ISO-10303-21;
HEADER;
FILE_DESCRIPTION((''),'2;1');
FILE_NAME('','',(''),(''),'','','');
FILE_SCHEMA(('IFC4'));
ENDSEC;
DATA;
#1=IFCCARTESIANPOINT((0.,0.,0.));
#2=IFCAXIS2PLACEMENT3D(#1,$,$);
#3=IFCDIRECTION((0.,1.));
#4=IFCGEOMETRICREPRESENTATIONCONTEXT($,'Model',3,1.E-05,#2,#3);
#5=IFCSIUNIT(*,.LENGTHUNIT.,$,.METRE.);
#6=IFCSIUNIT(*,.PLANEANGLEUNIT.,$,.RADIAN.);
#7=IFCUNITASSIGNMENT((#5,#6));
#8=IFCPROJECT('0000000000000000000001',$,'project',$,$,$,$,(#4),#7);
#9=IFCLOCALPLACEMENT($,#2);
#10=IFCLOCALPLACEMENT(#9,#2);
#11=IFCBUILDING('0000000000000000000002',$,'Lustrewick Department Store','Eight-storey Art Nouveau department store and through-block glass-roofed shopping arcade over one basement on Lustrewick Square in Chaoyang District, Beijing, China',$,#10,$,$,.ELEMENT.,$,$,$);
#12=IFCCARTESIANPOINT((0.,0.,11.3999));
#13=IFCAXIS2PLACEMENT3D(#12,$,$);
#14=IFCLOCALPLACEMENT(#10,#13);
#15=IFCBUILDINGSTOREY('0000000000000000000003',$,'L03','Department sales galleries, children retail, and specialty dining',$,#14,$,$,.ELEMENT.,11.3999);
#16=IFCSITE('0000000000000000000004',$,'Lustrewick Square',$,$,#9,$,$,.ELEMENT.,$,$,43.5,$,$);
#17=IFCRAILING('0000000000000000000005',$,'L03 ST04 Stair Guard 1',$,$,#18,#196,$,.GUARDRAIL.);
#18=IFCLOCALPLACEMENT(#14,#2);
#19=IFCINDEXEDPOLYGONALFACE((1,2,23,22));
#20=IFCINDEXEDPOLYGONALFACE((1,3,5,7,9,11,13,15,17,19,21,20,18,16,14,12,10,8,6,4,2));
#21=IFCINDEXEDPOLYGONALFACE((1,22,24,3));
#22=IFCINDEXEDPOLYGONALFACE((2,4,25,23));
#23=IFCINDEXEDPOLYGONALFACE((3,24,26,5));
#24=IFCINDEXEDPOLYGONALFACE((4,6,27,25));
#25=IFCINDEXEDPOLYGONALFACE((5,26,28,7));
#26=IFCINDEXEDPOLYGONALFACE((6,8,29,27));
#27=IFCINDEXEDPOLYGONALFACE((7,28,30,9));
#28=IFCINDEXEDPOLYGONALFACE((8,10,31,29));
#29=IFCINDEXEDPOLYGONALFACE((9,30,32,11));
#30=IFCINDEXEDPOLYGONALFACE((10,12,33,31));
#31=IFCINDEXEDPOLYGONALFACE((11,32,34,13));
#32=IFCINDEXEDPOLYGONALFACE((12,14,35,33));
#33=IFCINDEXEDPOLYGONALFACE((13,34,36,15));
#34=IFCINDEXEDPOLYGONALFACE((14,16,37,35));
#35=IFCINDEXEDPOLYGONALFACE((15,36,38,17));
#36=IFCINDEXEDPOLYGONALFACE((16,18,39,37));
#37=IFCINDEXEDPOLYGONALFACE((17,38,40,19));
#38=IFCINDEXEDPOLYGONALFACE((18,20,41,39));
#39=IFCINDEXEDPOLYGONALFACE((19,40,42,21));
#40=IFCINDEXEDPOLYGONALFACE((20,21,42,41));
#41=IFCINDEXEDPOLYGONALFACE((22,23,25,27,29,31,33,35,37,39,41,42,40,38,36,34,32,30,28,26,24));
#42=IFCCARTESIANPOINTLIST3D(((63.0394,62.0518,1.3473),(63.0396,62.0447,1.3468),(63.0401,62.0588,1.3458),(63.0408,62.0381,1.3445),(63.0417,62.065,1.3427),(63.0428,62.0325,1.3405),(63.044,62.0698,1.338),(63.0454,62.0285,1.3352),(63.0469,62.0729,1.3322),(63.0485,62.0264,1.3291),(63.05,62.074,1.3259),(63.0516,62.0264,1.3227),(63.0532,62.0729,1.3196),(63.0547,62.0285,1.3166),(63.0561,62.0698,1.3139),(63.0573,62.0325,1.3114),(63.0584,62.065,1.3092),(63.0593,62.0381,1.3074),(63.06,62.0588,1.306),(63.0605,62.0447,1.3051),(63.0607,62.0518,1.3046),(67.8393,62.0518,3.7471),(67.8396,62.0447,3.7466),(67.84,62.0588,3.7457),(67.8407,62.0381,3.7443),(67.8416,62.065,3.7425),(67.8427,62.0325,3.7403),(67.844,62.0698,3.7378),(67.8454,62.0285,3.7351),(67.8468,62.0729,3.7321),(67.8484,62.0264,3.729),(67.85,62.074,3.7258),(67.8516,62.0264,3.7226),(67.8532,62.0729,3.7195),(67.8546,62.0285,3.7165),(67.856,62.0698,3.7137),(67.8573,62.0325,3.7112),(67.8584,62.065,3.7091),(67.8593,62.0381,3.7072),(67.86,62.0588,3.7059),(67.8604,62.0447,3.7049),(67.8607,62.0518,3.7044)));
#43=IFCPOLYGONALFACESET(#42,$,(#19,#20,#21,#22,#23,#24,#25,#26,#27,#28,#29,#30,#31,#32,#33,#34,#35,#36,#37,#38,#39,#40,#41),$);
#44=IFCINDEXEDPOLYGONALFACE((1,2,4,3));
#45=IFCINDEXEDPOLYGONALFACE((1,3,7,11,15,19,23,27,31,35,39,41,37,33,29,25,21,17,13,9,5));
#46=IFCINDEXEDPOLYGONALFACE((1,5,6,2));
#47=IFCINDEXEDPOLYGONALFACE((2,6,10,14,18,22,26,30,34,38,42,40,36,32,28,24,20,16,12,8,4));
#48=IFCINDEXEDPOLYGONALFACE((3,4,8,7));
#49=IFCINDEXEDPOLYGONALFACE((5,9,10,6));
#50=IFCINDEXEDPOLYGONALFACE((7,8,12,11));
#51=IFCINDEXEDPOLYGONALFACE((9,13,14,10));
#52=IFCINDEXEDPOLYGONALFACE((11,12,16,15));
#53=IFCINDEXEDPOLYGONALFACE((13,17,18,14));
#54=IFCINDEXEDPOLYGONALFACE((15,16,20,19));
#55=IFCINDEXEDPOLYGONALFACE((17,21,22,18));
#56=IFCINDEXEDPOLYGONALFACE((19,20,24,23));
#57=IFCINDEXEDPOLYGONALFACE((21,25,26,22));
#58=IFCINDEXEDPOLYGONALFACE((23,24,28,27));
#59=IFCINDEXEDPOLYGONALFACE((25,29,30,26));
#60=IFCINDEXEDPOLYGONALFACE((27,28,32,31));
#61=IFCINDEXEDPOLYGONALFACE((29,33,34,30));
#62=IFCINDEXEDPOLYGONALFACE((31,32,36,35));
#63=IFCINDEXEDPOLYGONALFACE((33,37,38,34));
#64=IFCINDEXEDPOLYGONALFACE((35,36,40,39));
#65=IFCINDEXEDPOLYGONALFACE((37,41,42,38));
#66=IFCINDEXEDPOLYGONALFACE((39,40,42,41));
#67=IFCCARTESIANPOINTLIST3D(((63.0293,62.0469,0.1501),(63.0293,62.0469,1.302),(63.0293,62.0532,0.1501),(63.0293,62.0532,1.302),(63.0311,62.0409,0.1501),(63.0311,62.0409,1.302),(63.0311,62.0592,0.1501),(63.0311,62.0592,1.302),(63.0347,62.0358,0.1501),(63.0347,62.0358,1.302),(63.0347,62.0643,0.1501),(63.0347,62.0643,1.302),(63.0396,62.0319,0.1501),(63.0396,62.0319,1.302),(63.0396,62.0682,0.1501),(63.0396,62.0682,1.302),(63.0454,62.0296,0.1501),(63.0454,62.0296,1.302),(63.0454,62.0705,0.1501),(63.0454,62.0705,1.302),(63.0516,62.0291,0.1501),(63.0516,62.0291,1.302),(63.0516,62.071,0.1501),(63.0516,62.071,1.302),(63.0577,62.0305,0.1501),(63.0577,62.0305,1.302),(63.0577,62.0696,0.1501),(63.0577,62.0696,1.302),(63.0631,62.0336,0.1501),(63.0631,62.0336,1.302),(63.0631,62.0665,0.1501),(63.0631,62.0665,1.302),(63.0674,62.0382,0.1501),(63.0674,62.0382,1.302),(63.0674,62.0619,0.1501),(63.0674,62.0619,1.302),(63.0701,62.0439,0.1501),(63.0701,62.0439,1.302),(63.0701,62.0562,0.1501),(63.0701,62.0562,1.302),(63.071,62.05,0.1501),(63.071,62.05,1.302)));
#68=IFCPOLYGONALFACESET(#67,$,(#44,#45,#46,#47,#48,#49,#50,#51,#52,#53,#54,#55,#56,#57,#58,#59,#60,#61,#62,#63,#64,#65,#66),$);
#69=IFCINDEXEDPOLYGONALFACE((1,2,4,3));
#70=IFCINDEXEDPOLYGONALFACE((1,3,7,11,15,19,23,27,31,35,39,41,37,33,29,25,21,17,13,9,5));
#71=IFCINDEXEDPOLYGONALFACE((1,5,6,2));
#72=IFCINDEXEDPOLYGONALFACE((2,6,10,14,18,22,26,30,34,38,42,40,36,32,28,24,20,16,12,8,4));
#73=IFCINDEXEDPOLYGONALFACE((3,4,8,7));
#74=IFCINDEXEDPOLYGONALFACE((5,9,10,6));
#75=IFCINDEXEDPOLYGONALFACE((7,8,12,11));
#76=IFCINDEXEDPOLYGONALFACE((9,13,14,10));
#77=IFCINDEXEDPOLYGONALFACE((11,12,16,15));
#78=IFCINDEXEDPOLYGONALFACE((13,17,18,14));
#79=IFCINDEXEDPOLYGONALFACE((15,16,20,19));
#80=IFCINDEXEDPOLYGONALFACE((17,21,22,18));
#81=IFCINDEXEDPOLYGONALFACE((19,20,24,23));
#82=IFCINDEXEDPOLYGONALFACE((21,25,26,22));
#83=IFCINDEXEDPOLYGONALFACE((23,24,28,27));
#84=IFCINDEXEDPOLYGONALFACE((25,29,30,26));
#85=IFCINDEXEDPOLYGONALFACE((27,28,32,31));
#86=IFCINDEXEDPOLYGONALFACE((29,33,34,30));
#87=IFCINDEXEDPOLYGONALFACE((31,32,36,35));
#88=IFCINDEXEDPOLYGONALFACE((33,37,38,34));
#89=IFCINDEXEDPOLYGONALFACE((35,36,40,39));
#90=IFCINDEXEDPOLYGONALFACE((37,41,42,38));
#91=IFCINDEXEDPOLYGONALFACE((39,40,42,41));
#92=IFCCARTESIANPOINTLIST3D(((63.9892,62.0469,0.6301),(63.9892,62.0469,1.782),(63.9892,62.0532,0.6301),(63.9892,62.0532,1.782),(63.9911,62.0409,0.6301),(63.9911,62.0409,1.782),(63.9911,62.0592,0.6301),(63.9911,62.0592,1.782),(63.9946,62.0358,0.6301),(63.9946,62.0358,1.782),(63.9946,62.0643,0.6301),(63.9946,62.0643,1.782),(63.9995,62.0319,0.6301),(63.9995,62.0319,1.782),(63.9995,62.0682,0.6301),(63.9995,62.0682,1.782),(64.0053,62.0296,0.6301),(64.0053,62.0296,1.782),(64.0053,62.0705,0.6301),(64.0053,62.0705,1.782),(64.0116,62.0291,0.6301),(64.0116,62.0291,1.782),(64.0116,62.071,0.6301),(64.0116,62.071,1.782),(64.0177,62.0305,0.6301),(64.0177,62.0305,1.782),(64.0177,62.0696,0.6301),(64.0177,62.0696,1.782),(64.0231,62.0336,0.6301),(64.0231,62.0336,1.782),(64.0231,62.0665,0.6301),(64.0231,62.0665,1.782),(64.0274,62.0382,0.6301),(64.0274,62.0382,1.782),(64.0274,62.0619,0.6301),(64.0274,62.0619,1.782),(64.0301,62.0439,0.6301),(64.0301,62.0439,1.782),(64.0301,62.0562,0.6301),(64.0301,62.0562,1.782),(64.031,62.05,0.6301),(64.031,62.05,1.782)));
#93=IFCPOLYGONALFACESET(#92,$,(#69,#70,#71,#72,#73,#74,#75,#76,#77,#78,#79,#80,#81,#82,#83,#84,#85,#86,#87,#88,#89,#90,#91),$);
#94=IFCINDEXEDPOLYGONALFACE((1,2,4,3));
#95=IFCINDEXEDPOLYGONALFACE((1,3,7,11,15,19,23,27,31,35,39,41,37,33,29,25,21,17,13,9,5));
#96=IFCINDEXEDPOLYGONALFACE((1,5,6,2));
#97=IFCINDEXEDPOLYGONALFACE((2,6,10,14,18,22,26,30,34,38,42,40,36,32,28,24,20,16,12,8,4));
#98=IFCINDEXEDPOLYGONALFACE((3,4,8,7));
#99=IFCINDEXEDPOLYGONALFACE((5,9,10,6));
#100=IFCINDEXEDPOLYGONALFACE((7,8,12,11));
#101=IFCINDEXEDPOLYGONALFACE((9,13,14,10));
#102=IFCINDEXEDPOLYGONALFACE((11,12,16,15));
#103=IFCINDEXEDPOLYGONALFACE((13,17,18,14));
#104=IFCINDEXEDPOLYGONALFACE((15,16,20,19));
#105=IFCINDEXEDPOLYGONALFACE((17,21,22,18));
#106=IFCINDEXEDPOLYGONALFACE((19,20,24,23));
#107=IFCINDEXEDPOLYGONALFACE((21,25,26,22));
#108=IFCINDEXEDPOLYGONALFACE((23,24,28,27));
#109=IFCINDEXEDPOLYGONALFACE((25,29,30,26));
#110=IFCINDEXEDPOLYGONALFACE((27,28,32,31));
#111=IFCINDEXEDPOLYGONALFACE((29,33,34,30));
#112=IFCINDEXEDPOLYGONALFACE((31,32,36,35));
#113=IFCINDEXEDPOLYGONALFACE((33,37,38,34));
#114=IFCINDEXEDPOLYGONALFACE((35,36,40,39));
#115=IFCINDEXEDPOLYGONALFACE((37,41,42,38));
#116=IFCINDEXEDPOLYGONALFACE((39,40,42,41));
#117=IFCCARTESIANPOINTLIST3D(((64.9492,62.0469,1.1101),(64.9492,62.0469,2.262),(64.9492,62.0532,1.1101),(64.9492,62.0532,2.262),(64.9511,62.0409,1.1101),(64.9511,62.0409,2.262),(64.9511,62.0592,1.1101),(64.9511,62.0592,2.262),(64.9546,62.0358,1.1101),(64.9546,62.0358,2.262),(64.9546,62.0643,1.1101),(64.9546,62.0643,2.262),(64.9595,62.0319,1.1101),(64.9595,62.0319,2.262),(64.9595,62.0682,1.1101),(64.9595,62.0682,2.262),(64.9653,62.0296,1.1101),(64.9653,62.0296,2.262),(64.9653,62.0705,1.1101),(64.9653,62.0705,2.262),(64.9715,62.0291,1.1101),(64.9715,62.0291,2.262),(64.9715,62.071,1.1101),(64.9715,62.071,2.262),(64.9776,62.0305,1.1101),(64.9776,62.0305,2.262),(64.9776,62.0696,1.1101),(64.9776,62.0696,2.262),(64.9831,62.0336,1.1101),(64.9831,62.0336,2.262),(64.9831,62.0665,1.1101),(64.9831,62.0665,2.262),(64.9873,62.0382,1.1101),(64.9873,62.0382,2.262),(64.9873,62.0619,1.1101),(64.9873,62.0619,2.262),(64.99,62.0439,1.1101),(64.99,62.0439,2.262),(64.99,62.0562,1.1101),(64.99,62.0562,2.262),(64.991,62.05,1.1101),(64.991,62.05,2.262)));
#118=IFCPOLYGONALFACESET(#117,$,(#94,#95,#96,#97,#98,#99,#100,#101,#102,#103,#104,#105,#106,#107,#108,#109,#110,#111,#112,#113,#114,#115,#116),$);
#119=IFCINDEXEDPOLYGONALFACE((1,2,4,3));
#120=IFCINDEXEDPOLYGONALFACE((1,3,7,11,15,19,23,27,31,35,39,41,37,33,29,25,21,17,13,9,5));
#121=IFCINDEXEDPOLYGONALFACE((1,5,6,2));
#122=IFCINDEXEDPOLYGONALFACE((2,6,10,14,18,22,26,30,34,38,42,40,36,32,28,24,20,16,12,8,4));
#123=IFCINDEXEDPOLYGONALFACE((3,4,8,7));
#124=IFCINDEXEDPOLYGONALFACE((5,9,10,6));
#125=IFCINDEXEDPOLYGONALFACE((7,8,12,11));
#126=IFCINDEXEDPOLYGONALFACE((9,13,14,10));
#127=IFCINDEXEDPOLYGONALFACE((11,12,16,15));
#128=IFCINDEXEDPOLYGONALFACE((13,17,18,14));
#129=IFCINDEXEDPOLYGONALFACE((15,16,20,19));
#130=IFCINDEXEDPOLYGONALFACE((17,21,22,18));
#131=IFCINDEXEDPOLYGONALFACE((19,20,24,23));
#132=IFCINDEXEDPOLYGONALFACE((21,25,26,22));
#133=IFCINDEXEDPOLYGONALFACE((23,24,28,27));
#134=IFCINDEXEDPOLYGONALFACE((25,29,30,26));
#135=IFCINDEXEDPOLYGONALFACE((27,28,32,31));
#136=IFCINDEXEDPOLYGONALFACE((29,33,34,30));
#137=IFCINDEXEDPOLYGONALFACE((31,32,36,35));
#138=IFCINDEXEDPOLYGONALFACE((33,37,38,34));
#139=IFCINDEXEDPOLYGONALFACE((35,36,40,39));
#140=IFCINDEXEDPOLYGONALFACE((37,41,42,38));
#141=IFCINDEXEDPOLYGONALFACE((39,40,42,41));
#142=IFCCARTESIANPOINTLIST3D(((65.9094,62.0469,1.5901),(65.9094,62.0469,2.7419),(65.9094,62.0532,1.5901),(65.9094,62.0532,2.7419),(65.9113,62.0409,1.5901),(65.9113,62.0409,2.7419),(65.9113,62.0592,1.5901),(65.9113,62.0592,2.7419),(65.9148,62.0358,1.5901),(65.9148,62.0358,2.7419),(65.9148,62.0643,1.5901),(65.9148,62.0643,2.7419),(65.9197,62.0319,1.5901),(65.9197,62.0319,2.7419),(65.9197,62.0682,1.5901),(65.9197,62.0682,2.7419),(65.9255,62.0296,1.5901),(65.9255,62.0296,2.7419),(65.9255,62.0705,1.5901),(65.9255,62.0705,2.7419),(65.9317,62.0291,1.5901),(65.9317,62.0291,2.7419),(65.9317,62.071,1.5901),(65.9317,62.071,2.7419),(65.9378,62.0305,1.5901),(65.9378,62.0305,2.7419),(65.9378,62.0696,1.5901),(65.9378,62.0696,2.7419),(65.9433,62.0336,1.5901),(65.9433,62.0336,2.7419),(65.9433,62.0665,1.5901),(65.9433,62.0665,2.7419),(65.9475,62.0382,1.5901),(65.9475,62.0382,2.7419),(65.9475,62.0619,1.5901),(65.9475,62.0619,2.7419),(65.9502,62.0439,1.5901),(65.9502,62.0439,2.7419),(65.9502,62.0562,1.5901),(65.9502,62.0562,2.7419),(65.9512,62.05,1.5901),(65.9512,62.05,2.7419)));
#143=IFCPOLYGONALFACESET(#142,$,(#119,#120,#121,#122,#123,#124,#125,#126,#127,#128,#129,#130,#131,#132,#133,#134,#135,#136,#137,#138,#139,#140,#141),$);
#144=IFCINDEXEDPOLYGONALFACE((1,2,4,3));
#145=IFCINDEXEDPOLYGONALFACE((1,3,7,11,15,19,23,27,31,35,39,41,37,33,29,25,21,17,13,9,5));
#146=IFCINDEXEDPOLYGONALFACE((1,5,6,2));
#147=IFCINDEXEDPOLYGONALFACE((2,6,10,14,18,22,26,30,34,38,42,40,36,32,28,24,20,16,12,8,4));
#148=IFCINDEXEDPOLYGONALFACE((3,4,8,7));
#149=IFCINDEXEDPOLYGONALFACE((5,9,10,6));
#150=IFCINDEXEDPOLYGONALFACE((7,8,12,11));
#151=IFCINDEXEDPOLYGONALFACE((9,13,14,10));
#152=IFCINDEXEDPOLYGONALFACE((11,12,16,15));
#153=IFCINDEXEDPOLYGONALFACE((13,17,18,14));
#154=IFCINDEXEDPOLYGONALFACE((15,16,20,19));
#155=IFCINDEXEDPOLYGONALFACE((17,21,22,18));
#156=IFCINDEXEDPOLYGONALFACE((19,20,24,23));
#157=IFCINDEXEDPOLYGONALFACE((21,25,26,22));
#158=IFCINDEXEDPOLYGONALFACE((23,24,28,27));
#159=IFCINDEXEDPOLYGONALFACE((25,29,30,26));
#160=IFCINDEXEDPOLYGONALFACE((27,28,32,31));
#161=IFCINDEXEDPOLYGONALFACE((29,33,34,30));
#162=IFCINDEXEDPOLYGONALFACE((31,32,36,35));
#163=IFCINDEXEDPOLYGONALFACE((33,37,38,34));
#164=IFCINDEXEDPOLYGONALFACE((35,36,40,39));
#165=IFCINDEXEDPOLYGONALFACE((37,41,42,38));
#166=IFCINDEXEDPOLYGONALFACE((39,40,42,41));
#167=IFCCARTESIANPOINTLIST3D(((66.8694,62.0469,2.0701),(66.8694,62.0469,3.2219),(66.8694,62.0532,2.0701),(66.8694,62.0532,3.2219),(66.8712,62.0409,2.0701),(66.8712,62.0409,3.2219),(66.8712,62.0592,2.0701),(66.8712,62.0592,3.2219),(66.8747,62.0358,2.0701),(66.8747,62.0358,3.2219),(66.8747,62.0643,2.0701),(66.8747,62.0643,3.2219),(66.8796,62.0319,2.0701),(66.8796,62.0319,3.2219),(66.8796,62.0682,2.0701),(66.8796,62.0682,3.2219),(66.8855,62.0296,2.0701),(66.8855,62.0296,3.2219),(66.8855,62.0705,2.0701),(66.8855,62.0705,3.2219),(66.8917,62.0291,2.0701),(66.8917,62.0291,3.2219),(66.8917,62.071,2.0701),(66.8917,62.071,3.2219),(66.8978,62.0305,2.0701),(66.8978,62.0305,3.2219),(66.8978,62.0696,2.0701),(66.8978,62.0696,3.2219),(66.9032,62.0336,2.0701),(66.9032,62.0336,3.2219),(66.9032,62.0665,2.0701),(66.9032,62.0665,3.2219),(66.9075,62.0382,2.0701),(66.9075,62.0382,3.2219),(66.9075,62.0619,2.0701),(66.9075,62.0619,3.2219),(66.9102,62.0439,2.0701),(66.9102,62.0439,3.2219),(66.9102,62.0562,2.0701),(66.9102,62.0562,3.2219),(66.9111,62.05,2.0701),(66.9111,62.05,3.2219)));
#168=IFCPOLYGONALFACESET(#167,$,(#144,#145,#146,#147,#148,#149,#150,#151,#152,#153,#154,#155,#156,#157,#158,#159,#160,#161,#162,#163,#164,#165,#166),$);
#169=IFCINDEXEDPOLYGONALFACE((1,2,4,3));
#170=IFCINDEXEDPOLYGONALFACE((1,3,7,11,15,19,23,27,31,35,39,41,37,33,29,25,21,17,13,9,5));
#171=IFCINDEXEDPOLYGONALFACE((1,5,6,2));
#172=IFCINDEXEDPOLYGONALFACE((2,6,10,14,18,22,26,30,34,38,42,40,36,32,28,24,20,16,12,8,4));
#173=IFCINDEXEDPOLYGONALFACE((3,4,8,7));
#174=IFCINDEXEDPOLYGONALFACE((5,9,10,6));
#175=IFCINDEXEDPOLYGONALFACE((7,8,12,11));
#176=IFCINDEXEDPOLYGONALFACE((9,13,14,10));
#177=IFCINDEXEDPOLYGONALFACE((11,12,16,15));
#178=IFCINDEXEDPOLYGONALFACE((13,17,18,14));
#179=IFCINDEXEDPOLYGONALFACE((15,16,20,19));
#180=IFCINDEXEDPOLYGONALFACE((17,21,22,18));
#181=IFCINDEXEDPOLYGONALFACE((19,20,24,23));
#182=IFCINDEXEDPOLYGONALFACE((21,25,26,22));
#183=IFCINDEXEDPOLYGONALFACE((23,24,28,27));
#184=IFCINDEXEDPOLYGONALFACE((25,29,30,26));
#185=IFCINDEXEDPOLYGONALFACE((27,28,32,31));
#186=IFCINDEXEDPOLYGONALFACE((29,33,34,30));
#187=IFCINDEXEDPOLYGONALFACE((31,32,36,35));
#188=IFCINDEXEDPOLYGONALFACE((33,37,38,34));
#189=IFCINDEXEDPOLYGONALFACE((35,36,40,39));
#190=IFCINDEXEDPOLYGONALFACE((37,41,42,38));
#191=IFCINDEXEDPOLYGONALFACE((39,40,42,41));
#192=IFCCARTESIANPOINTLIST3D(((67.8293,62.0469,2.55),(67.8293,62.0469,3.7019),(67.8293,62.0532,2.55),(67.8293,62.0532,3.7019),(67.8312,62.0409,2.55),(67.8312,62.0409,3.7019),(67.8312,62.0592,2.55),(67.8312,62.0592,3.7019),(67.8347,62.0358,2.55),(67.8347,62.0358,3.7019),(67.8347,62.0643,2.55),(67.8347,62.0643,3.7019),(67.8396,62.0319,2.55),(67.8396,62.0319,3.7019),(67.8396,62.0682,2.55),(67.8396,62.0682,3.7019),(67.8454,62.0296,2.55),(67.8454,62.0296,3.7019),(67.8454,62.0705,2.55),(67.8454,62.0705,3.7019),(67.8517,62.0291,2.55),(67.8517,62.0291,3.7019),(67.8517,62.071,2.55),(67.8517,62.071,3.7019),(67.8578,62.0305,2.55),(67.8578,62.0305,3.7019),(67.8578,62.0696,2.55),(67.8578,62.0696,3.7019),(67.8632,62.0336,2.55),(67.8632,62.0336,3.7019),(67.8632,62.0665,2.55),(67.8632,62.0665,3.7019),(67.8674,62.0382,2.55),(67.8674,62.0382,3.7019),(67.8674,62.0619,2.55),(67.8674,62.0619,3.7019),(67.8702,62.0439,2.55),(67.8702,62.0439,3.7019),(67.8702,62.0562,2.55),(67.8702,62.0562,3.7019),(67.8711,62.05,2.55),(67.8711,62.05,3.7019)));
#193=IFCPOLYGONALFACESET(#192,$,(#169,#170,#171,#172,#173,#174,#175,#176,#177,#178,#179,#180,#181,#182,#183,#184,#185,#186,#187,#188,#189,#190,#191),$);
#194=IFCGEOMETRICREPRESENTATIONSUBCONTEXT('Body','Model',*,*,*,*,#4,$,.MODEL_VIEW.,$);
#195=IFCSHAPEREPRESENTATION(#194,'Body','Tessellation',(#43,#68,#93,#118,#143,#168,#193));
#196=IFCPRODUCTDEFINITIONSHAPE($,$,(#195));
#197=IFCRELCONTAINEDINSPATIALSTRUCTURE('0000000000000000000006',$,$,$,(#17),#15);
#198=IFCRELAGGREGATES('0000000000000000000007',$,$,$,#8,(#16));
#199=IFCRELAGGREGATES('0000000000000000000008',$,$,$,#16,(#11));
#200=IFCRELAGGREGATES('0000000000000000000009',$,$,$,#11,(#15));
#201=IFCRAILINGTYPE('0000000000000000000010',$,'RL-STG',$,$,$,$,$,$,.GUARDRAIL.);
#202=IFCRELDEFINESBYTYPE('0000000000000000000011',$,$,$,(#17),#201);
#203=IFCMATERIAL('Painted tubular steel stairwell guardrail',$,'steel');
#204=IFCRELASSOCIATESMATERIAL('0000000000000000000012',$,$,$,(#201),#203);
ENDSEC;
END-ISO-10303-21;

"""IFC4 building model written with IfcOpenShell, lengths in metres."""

from ifc_helpers import new_model, si_unit, direction, frame, origin, origin_2d, place, context, subcontext, project, spatial, circle, extrude, material, type_object, element, save


model = new_model("IFC4")

# Units and contexts
model_context = context("Model", 3, precision=1e-05, world=origin(), true_north=direction((0.0, 1.0)))
body_context = subcontext(model_context, "Body", "Model", "MODEL_VIEW")
ifc_project = project(units=[si_unit("LENGTHUNIT", "METRE"), si_unit("PLANEANGLEUNIT", "RADIAN")], contexts=[model_context])

# Site, building, storey
site_placement = place(None, origin())
site = spatial("IfcSite", under=ifc_project, at=site_placement, Name="Lustrewick Square", CompositionType="ELEMENT", RefElevation=43.5)
building_placement = place(site_placement, origin())
building = spatial("IfcBuilding", under=site, at=building_placement, Name="Lustrewick Department Store", Description="Eight-storey Art Nouveau department store and through-block glass-roofed shopping arcade over one basement on Lustrewick Square in Chaoyang District, Beijing, China", CompositionType="ELEMENT")
storey_placement = place(building_placement, frame((0.0, 0.0, 11.3999)))
storey = spatial("IfcBuildingStorey", under=building, at=storey_placement, Name="L03", Description="Department sales galleries, children retail, and specialty dining", CompositionType="ELEMENT", Elevation=11.3999)

# Railing
ifc_material_1 = material(Name="Painted tubular steel stairwell guardrail", Category="steel")
railing_type_1 = type_object("IfcRailingType", Name="RL-STG", PredefinedType="GUARDRAIL", material=ifc_material_1)
railing_1_placement = place(storey_placement, frame((63.05, 62.05, 0.1501)))
element("IfcRailing", 1, at=railing_1_placement, inside=storey, type_object=railing_type_1, Name="L03 ST04 Stair Guard 1", PredefinedType="GUARDRAIL", context=body_context, shape_type="SweptSolid", body=[
    extrude(circle(Radius=0.0239, at=origin_2d()), frame((0.0, 0.0, 1.1758), z_axis=(0.894436, 0.0, 0.447195), x_axis=(0.0, 1.0, 0.0)), (0.0, 0.0, 1.0), 5.3665),
    extrude(circle(Radius=0.021, at=origin_2d()), origin(), (0.0, 0.0, 1.0), 1.1519),
    extrude(circle(Radius=0.021, at=origin_2d()), frame((0.96, 0.0, 0.48)), (0.0, 0.0, 1.0), 1.1519),
    extrude(circle(Radius=0.021, at=origin_2d()), frame((1.9199, 0.0, 0.96)), (0.0, 0.0, 1.0), 1.1519),
    extrude(circle(Radius=0.021, at=origin_2d()), frame((2.8801, 0.0, 1.4399)), (0.0, 0.0, 1.0), 1.1519),
    extrude(circle(Radius=0.021, at=origin_2d()), frame((3.8401, 0.0, 1.9199)), (0.0, 0.0, 1.0), 1.1519),
    extrude(circle(Radius=0.021, at=origin_2d()), frame((4.8, 0.0, 2.3999)), (0.0, 0.0, 1.0), 1.1519),
])

save(model, "model.ifc")
